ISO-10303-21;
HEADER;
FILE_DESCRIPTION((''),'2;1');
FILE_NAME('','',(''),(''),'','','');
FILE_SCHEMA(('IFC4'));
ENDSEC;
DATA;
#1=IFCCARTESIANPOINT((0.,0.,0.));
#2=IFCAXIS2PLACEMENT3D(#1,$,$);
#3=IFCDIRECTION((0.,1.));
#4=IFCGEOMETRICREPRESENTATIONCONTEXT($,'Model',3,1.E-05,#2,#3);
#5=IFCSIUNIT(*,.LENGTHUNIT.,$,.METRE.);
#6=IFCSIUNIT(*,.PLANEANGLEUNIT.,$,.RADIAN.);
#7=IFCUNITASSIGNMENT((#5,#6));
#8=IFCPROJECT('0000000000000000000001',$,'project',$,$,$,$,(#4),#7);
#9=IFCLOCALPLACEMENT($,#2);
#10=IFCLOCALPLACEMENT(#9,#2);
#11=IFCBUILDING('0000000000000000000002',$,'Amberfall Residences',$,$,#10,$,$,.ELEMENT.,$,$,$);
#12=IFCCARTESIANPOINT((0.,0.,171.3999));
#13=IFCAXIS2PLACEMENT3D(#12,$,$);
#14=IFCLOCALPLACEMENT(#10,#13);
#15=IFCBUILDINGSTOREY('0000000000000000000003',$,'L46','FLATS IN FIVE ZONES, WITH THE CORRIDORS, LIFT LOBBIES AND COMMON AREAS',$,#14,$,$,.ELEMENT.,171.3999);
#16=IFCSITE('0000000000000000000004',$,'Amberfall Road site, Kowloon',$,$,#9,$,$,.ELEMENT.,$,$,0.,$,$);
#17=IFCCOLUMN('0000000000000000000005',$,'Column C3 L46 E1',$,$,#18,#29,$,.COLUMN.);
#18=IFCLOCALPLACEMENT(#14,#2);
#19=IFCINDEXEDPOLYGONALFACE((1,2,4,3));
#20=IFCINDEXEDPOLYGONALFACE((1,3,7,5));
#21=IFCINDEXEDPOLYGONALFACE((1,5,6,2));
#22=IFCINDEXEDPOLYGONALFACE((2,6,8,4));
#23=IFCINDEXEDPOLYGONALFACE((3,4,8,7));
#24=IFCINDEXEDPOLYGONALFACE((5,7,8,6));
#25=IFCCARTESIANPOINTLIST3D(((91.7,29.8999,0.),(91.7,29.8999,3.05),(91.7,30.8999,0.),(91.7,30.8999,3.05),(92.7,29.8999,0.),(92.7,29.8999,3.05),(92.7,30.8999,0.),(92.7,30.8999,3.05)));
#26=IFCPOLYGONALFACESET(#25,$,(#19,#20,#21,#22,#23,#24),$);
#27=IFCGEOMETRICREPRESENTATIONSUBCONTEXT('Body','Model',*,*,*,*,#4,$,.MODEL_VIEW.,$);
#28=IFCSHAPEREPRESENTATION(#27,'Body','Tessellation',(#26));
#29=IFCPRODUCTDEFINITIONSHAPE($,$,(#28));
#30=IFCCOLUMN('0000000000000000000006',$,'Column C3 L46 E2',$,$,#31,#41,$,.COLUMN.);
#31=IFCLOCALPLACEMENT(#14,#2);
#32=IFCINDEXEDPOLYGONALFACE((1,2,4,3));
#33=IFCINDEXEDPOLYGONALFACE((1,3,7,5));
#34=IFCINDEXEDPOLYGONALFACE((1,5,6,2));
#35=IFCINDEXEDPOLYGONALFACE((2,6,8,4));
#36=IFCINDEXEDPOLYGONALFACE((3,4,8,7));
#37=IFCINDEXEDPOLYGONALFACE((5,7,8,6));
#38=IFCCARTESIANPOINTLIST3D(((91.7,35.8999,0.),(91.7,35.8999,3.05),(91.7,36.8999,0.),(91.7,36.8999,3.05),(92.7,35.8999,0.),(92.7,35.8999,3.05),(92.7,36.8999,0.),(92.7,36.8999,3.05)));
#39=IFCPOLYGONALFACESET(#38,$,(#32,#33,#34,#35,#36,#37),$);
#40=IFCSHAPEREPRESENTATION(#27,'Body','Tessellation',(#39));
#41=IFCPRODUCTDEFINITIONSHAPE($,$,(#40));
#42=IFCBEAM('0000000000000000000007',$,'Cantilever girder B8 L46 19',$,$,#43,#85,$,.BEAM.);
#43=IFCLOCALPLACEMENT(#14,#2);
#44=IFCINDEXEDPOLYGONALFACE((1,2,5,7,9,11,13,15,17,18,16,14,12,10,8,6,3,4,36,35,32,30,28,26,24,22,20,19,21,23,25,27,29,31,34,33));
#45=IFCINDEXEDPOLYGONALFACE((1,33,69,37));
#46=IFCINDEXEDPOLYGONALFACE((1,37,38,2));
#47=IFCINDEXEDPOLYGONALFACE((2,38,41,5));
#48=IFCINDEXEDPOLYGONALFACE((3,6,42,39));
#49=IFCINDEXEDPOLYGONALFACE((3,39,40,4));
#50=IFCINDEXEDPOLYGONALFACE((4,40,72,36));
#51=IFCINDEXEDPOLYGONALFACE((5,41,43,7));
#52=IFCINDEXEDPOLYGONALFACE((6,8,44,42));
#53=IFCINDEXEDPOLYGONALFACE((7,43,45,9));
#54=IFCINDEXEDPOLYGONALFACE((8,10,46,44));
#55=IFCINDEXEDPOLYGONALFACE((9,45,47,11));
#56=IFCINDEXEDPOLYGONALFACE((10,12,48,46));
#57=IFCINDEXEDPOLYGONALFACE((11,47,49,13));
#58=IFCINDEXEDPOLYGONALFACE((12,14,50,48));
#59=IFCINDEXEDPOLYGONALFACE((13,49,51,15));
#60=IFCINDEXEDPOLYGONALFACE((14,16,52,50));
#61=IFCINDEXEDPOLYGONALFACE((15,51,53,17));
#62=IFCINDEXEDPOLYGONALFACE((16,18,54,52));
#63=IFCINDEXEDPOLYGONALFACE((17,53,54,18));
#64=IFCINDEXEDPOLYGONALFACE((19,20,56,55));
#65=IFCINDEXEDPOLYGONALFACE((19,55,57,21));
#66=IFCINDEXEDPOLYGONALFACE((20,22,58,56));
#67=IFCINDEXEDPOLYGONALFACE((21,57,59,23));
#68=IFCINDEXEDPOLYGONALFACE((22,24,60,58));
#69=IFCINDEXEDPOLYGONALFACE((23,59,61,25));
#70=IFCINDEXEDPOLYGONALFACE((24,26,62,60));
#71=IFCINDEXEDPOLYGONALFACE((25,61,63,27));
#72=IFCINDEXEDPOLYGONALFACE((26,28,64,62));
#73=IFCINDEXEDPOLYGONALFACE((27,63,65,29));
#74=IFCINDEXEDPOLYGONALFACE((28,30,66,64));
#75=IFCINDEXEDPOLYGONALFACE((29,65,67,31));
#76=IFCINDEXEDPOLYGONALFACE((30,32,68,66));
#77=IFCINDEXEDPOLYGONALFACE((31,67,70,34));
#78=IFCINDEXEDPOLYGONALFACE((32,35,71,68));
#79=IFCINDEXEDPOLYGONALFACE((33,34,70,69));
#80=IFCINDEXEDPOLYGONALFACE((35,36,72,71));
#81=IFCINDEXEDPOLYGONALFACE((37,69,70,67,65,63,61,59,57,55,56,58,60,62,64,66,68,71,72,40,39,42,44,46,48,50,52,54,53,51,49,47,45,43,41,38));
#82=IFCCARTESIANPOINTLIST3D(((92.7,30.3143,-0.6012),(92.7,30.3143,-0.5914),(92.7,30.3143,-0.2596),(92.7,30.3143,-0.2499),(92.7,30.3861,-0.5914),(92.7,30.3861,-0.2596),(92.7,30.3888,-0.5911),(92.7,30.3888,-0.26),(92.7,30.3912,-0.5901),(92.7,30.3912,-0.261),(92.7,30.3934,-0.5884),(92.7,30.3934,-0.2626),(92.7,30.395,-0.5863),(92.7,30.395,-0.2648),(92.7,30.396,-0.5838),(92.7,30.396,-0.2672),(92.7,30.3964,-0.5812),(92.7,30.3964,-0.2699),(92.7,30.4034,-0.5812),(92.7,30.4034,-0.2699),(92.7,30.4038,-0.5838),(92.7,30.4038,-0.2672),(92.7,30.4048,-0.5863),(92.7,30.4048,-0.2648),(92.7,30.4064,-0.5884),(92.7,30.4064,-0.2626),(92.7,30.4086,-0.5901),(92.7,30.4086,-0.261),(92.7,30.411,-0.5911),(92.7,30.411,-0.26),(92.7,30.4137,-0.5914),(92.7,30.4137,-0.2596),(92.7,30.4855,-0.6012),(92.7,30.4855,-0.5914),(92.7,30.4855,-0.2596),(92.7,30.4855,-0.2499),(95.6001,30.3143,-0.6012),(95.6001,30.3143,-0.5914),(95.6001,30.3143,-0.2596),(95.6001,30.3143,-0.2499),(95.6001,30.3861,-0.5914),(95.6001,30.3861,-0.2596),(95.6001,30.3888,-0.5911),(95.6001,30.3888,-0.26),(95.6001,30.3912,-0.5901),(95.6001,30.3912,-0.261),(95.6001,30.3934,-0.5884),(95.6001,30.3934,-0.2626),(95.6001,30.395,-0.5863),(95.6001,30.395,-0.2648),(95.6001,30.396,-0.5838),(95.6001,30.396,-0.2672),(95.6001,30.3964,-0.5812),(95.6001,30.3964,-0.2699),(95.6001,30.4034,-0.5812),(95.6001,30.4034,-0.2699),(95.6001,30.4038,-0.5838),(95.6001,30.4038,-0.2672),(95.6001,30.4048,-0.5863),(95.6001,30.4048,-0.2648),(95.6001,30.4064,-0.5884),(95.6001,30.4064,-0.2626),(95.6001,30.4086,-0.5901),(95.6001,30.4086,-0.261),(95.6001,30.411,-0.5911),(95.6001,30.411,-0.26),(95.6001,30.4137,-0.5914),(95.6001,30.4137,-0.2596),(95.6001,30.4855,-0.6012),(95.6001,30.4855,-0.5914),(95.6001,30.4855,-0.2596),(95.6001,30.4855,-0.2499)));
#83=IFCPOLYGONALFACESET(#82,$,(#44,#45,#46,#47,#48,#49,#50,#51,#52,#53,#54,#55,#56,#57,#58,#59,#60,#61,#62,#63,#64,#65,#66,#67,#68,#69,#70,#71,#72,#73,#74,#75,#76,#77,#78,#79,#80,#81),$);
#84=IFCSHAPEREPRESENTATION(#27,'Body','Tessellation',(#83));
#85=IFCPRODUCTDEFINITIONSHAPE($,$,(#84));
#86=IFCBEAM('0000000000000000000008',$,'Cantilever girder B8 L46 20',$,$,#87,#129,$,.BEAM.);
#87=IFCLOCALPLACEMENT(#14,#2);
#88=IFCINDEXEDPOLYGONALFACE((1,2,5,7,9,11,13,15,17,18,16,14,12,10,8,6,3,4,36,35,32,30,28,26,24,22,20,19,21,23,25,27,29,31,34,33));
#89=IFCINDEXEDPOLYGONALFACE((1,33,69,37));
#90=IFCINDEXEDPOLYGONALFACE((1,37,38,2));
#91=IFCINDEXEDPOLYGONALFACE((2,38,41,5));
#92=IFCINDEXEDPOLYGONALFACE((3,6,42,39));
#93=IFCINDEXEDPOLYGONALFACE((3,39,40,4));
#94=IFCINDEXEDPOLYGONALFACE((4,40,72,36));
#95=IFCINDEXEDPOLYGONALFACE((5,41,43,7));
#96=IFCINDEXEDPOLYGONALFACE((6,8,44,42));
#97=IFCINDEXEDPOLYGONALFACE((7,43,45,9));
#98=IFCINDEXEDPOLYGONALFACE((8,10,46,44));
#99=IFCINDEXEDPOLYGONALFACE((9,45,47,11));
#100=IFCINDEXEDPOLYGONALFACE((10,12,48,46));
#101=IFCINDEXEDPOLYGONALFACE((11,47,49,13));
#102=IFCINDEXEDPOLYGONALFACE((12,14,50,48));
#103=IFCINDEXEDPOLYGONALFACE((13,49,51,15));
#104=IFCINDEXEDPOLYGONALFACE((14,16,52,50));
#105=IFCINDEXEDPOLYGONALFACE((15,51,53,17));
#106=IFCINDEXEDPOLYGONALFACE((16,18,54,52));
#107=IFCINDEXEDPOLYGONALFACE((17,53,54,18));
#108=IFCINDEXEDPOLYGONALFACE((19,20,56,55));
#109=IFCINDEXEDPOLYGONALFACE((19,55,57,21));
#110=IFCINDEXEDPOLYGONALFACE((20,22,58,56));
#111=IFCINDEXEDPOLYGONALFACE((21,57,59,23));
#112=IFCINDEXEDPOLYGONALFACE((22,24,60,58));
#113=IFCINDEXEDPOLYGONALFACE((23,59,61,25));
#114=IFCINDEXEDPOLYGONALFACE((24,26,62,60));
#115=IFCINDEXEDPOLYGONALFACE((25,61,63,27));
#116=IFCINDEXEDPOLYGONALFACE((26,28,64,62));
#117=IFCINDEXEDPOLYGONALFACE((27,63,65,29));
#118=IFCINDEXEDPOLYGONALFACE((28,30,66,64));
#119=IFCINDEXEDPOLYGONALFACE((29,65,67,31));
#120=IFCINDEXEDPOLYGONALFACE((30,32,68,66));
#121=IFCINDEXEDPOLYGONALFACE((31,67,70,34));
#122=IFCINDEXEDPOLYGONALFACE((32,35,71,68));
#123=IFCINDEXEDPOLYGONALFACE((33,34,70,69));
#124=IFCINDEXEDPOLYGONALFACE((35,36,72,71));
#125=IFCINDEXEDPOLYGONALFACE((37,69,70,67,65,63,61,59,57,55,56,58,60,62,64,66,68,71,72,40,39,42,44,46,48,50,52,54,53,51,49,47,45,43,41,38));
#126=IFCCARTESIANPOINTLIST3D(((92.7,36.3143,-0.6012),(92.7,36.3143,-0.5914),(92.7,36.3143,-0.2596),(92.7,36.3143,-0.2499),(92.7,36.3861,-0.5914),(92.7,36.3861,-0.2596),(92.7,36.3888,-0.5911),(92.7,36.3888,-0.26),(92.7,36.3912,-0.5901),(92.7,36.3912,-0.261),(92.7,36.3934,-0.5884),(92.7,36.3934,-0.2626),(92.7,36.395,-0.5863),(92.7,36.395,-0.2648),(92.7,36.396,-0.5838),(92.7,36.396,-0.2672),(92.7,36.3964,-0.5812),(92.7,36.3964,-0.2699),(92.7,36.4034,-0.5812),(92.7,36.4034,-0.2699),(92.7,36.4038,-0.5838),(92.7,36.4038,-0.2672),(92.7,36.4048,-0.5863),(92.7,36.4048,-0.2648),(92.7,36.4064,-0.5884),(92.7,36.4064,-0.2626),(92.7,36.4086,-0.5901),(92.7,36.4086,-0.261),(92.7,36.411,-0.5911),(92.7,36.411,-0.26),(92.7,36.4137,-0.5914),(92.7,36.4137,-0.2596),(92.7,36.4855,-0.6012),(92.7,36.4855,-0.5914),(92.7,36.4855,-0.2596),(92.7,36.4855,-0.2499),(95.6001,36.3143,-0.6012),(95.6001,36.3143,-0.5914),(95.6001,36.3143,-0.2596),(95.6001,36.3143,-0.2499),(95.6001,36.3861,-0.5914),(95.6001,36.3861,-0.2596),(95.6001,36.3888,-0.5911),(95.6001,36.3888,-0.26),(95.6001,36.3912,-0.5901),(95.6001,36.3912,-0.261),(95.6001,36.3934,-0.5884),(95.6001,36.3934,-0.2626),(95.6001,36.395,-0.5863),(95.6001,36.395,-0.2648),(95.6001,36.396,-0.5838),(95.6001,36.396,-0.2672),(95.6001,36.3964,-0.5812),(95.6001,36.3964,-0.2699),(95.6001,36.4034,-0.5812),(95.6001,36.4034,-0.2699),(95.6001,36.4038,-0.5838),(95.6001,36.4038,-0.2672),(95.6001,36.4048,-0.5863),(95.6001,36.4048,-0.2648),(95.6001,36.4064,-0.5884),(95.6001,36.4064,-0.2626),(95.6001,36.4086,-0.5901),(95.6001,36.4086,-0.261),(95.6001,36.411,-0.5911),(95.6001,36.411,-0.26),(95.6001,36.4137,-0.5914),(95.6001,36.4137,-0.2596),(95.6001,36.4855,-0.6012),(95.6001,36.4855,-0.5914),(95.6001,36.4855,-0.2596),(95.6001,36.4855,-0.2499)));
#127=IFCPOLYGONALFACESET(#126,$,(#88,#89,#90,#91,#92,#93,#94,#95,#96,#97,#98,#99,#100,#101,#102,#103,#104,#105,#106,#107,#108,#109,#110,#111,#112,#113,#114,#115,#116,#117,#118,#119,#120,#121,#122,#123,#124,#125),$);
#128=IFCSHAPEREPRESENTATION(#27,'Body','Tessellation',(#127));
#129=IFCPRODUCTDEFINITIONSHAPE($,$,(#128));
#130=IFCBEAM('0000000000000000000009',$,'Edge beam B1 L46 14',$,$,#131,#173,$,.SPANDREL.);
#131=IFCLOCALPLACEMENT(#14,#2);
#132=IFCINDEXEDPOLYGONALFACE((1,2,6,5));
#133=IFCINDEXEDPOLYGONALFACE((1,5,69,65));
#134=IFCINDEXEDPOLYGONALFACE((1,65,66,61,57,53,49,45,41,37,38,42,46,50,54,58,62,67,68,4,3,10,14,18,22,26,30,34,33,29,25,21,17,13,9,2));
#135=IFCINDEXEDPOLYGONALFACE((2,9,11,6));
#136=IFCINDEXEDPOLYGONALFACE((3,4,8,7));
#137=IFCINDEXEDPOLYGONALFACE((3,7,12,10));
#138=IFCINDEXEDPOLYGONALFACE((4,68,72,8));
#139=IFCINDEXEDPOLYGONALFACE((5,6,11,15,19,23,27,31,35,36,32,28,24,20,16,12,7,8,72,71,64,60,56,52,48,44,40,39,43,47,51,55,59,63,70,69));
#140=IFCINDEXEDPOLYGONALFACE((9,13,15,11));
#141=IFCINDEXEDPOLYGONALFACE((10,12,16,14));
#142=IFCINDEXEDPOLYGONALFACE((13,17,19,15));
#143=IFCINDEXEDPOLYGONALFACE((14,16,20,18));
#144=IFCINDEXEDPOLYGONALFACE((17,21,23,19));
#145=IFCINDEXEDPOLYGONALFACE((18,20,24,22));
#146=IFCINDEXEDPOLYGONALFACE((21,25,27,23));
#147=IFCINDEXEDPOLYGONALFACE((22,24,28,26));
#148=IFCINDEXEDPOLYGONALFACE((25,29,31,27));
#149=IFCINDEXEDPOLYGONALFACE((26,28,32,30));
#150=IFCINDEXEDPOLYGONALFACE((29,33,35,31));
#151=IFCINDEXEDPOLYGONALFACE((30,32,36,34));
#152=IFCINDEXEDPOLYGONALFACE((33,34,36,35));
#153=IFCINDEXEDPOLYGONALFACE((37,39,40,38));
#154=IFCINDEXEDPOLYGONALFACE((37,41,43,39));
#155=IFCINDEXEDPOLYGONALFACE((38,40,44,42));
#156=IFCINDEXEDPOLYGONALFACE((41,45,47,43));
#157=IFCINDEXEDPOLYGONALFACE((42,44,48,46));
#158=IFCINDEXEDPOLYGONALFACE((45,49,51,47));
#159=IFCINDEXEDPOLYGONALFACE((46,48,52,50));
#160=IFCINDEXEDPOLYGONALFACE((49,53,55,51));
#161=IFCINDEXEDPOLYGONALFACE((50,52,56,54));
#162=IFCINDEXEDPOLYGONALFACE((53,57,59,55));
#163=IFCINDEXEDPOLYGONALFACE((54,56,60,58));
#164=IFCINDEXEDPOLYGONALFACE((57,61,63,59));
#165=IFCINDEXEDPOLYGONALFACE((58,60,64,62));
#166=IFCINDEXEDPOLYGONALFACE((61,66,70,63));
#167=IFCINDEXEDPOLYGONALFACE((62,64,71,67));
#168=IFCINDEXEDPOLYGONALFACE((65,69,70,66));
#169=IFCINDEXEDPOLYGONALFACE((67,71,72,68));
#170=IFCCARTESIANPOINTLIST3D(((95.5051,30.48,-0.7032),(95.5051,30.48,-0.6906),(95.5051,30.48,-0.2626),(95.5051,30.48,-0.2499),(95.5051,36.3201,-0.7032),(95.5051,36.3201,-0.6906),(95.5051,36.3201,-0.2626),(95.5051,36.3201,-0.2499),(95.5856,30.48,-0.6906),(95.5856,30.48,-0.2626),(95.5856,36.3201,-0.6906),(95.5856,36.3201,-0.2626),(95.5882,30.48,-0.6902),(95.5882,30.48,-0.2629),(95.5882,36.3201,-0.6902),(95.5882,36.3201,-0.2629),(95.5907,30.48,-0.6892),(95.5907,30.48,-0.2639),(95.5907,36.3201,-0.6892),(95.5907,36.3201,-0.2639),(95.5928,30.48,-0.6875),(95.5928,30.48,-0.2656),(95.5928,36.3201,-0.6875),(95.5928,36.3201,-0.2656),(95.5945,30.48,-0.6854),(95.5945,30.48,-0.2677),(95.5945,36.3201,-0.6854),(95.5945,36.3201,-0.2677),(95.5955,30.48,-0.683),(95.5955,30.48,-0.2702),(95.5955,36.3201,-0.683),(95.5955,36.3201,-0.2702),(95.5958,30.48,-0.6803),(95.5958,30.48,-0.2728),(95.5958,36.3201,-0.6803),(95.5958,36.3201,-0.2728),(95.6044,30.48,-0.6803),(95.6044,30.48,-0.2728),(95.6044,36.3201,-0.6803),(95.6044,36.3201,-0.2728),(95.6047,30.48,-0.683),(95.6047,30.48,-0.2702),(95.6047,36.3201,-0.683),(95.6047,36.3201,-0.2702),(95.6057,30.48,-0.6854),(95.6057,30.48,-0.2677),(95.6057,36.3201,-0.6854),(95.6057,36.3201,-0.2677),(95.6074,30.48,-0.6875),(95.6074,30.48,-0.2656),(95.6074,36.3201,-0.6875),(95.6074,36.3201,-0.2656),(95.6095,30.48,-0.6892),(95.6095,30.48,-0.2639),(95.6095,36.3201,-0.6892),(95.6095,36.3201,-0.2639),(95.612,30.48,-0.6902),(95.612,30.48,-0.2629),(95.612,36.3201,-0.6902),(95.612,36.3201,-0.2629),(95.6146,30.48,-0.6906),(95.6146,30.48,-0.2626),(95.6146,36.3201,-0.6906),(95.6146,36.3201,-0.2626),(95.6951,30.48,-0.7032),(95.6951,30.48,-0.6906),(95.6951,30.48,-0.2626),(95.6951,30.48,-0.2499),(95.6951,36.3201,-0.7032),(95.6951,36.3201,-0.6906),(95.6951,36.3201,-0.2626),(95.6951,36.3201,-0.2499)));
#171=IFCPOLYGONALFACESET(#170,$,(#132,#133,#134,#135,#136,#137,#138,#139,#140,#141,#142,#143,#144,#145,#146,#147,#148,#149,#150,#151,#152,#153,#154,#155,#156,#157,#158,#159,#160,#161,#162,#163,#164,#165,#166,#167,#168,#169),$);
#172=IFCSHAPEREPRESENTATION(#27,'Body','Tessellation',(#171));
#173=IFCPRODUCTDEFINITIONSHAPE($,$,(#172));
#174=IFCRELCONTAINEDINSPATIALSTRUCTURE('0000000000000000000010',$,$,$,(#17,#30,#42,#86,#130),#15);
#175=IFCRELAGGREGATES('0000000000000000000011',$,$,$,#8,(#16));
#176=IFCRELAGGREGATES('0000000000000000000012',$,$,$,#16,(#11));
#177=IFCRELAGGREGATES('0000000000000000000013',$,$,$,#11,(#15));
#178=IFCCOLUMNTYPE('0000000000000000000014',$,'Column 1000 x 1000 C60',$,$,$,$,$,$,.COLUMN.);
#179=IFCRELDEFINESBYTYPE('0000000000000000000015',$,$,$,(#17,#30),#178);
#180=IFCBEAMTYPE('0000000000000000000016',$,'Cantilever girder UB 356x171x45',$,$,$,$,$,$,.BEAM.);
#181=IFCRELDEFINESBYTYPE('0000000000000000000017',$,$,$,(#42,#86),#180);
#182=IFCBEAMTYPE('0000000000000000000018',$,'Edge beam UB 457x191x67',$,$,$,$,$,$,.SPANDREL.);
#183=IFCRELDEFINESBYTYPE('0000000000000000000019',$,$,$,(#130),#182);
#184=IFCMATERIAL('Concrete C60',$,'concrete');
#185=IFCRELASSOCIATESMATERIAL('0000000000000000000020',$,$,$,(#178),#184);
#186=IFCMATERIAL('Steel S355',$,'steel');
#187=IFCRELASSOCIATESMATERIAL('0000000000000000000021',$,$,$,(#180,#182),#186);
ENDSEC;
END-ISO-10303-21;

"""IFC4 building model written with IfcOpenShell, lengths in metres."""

from ifc_helpers import new_model, si_unit, direction, frame, origin, origin_2d, place, context, subcontext, project, spatial, rectangle, i_section, extrude, material, material_profile, profile_set, type_object, element, save


model = new_model("IFC4")

# Units and contexts
model_context = context("Model", 3, precision=1e-05, world=origin(), true_north=direction((0.0, 1.0)))
body_context = subcontext(model_context, "Body", "Model", "MODEL_VIEW")
ifc_project = project(units=[si_unit("LENGTHUNIT", "METRE"), si_unit("PLANEANGLEUNIT", "RADIAN")], contexts=[model_context])

# Site, building, storey
site_placement = place(None, origin())
site = spatial("IfcSite", under=ifc_project, at=site_placement, Name="Amberfall Road site, Kowloon", CompositionType="ELEMENT", RefElevation=0.0)
building_placement = place(site_placement, origin())
building = spatial("IfcBuilding", under=site, at=building_placement, Name="Amberfall Residences", CompositionType="ELEMENT")
storey_placement = place(building_placement, frame((0.0, 0.0, 171.3999)))
storey = spatial("IfcBuildingStorey", under=building, at=storey_placement, Name="L46", Description="FLATS IN FIVE ZONES, WITH THE CORRIDORS, LIFT LOBBIES AND COMMON AREAS", CompositionType="ELEMENT", Elevation=171.3999)

# Columns
ifc_material_1 = material(Name="Concrete C60", Category="concrete")
ifc_material_profile_1 = material_profile(ifc_material_1, rectangle(XDim=1.0, YDim=1.0, at=origin_2d()), Name="Column 1000 x 1000 C60")
ifc_profile_set_1 = profile_set([ifc_material_profile_1], Name="Concrete C60")
column_type = type_object("IfcColumnType", Name="Column 1000 x 1000 C60", PredefinedType="COLUMN", material=ifc_profile_set_1)
for number, where, z_axis, x_axis, name in (
    (1, (92.2, 30.3999, 0.0), (0.0, 0.0, 1.0), (1.0, 0.0, 0.0), "Column C3 L46 E1"),
    (2, (92.2, 36.3999, 0.0), (0.0, 0.0, 1.0), (1.0, 0.0, 0.0), "Column C3 L46 E2"),
):
    element("IfcColumn", number, at=place(storey_placement, frame(where, z_axis=z_axis, x_axis=x_axis)), inside=storey, type_object=column_type, Name=name, PredefinedType="COLUMN", context=body_context, shape_type="SweptSolid", body=[
        extrude(rectangle(XDim=1.0, YDim=1.0, at=origin_2d()), origin(), (0.0, 0.0, 1.0), 3.05),
    ])

# Beams
ifc_material_2 = material(Name="Steel S355", Category="steel")
ifc_material_profile_2 = material_profile(ifc_material_2, i_section(OverallWidth=0.1711, OverallDepth=0.3513, WebThickness=0.0071, FlangeThickness=0.0098, FilletRadius=0.0103, at=origin_2d()), Name="UB 356x171x45")
ifc_profile_set_2 = profile_set([ifc_material_profile_2], Name="Steel S355")
beam_type_1 = type_object("IfcBeamType", Name="Cantilever girder UB 356x171x45", PredefinedType="BEAM", material=ifc_profile_set_2)
for number, where, z_axis, x_axis, name in (
    (3, (92.7, 30.3999, -0.4255), (1.0, 0.0, 0.0), (0.0, 1.0, 0.0), "Cantilever girder B8 L46 19"),
    (4, (92.7, 36.3999, -0.4255), (1.0, 0.0, 0.0), (0.0, 1.0, 0.0), "Cantilever girder B8 L46 20"),
):
    element("IfcBeam", number, at=place(storey_placement, frame(where, z_axis=z_axis, x_axis=x_axis)), inside=storey, type_object=beam_type_1, Name=name, PredefinedType="BEAM", context=body_context, shape_type="SweptSolid", body=[
        extrude(i_section(OverallWidth=0.1711, OverallDepth=0.3513, WebThickness=0.0071, FlangeThickness=0.0098, FilletRadius=0.0103, at=origin_2d()), origin(), (0.0, 0.0, 1.0), 2.9001),
    ])
ifc_material_profile_3 = material_profile(ifc_material_2, i_section(OverallWidth=0.1899, OverallDepth=0.4534, WebThickness=0.0085, FlangeThickness=0.0127, FilletRadius=0.0103, at=origin_2d()), Name="UB 457x191x67")
ifc_profile_set_3 = profile_set([ifc_material_profile_3], Name="Steel S355")
beam_type_2 = type_object("IfcBeamType", Name="Edge beam UB 457x191x67", PredefinedType="SPANDREL", material=ifc_profile_set_3)
beam_1_placement = place(storey_placement, frame((95.6001, 30.48, -0.4766), z_axis=(0.0, 1.0, 0.0), x_axis=(-1.0, 0.0, 0.0)))
element("IfcBeam", 5, at=beam_1_placement, inside=storey, type_object=beam_type_2, Name="Edge beam B1 L46 14", PredefinedType="SPANDREL", context=body_context, shape_type="SweptSolid", body=[
    extrude(i_section(OverallWidth=0.1899, OverallDepth=0.4534, WebThickness=0.0085, FlangeThickness=0.0127, FilletRadius=0.0103, at=origin_2d()), origin(), (0.0, 0.0, 1.0), 5.8401),
])

save(model, "model.ifc")
